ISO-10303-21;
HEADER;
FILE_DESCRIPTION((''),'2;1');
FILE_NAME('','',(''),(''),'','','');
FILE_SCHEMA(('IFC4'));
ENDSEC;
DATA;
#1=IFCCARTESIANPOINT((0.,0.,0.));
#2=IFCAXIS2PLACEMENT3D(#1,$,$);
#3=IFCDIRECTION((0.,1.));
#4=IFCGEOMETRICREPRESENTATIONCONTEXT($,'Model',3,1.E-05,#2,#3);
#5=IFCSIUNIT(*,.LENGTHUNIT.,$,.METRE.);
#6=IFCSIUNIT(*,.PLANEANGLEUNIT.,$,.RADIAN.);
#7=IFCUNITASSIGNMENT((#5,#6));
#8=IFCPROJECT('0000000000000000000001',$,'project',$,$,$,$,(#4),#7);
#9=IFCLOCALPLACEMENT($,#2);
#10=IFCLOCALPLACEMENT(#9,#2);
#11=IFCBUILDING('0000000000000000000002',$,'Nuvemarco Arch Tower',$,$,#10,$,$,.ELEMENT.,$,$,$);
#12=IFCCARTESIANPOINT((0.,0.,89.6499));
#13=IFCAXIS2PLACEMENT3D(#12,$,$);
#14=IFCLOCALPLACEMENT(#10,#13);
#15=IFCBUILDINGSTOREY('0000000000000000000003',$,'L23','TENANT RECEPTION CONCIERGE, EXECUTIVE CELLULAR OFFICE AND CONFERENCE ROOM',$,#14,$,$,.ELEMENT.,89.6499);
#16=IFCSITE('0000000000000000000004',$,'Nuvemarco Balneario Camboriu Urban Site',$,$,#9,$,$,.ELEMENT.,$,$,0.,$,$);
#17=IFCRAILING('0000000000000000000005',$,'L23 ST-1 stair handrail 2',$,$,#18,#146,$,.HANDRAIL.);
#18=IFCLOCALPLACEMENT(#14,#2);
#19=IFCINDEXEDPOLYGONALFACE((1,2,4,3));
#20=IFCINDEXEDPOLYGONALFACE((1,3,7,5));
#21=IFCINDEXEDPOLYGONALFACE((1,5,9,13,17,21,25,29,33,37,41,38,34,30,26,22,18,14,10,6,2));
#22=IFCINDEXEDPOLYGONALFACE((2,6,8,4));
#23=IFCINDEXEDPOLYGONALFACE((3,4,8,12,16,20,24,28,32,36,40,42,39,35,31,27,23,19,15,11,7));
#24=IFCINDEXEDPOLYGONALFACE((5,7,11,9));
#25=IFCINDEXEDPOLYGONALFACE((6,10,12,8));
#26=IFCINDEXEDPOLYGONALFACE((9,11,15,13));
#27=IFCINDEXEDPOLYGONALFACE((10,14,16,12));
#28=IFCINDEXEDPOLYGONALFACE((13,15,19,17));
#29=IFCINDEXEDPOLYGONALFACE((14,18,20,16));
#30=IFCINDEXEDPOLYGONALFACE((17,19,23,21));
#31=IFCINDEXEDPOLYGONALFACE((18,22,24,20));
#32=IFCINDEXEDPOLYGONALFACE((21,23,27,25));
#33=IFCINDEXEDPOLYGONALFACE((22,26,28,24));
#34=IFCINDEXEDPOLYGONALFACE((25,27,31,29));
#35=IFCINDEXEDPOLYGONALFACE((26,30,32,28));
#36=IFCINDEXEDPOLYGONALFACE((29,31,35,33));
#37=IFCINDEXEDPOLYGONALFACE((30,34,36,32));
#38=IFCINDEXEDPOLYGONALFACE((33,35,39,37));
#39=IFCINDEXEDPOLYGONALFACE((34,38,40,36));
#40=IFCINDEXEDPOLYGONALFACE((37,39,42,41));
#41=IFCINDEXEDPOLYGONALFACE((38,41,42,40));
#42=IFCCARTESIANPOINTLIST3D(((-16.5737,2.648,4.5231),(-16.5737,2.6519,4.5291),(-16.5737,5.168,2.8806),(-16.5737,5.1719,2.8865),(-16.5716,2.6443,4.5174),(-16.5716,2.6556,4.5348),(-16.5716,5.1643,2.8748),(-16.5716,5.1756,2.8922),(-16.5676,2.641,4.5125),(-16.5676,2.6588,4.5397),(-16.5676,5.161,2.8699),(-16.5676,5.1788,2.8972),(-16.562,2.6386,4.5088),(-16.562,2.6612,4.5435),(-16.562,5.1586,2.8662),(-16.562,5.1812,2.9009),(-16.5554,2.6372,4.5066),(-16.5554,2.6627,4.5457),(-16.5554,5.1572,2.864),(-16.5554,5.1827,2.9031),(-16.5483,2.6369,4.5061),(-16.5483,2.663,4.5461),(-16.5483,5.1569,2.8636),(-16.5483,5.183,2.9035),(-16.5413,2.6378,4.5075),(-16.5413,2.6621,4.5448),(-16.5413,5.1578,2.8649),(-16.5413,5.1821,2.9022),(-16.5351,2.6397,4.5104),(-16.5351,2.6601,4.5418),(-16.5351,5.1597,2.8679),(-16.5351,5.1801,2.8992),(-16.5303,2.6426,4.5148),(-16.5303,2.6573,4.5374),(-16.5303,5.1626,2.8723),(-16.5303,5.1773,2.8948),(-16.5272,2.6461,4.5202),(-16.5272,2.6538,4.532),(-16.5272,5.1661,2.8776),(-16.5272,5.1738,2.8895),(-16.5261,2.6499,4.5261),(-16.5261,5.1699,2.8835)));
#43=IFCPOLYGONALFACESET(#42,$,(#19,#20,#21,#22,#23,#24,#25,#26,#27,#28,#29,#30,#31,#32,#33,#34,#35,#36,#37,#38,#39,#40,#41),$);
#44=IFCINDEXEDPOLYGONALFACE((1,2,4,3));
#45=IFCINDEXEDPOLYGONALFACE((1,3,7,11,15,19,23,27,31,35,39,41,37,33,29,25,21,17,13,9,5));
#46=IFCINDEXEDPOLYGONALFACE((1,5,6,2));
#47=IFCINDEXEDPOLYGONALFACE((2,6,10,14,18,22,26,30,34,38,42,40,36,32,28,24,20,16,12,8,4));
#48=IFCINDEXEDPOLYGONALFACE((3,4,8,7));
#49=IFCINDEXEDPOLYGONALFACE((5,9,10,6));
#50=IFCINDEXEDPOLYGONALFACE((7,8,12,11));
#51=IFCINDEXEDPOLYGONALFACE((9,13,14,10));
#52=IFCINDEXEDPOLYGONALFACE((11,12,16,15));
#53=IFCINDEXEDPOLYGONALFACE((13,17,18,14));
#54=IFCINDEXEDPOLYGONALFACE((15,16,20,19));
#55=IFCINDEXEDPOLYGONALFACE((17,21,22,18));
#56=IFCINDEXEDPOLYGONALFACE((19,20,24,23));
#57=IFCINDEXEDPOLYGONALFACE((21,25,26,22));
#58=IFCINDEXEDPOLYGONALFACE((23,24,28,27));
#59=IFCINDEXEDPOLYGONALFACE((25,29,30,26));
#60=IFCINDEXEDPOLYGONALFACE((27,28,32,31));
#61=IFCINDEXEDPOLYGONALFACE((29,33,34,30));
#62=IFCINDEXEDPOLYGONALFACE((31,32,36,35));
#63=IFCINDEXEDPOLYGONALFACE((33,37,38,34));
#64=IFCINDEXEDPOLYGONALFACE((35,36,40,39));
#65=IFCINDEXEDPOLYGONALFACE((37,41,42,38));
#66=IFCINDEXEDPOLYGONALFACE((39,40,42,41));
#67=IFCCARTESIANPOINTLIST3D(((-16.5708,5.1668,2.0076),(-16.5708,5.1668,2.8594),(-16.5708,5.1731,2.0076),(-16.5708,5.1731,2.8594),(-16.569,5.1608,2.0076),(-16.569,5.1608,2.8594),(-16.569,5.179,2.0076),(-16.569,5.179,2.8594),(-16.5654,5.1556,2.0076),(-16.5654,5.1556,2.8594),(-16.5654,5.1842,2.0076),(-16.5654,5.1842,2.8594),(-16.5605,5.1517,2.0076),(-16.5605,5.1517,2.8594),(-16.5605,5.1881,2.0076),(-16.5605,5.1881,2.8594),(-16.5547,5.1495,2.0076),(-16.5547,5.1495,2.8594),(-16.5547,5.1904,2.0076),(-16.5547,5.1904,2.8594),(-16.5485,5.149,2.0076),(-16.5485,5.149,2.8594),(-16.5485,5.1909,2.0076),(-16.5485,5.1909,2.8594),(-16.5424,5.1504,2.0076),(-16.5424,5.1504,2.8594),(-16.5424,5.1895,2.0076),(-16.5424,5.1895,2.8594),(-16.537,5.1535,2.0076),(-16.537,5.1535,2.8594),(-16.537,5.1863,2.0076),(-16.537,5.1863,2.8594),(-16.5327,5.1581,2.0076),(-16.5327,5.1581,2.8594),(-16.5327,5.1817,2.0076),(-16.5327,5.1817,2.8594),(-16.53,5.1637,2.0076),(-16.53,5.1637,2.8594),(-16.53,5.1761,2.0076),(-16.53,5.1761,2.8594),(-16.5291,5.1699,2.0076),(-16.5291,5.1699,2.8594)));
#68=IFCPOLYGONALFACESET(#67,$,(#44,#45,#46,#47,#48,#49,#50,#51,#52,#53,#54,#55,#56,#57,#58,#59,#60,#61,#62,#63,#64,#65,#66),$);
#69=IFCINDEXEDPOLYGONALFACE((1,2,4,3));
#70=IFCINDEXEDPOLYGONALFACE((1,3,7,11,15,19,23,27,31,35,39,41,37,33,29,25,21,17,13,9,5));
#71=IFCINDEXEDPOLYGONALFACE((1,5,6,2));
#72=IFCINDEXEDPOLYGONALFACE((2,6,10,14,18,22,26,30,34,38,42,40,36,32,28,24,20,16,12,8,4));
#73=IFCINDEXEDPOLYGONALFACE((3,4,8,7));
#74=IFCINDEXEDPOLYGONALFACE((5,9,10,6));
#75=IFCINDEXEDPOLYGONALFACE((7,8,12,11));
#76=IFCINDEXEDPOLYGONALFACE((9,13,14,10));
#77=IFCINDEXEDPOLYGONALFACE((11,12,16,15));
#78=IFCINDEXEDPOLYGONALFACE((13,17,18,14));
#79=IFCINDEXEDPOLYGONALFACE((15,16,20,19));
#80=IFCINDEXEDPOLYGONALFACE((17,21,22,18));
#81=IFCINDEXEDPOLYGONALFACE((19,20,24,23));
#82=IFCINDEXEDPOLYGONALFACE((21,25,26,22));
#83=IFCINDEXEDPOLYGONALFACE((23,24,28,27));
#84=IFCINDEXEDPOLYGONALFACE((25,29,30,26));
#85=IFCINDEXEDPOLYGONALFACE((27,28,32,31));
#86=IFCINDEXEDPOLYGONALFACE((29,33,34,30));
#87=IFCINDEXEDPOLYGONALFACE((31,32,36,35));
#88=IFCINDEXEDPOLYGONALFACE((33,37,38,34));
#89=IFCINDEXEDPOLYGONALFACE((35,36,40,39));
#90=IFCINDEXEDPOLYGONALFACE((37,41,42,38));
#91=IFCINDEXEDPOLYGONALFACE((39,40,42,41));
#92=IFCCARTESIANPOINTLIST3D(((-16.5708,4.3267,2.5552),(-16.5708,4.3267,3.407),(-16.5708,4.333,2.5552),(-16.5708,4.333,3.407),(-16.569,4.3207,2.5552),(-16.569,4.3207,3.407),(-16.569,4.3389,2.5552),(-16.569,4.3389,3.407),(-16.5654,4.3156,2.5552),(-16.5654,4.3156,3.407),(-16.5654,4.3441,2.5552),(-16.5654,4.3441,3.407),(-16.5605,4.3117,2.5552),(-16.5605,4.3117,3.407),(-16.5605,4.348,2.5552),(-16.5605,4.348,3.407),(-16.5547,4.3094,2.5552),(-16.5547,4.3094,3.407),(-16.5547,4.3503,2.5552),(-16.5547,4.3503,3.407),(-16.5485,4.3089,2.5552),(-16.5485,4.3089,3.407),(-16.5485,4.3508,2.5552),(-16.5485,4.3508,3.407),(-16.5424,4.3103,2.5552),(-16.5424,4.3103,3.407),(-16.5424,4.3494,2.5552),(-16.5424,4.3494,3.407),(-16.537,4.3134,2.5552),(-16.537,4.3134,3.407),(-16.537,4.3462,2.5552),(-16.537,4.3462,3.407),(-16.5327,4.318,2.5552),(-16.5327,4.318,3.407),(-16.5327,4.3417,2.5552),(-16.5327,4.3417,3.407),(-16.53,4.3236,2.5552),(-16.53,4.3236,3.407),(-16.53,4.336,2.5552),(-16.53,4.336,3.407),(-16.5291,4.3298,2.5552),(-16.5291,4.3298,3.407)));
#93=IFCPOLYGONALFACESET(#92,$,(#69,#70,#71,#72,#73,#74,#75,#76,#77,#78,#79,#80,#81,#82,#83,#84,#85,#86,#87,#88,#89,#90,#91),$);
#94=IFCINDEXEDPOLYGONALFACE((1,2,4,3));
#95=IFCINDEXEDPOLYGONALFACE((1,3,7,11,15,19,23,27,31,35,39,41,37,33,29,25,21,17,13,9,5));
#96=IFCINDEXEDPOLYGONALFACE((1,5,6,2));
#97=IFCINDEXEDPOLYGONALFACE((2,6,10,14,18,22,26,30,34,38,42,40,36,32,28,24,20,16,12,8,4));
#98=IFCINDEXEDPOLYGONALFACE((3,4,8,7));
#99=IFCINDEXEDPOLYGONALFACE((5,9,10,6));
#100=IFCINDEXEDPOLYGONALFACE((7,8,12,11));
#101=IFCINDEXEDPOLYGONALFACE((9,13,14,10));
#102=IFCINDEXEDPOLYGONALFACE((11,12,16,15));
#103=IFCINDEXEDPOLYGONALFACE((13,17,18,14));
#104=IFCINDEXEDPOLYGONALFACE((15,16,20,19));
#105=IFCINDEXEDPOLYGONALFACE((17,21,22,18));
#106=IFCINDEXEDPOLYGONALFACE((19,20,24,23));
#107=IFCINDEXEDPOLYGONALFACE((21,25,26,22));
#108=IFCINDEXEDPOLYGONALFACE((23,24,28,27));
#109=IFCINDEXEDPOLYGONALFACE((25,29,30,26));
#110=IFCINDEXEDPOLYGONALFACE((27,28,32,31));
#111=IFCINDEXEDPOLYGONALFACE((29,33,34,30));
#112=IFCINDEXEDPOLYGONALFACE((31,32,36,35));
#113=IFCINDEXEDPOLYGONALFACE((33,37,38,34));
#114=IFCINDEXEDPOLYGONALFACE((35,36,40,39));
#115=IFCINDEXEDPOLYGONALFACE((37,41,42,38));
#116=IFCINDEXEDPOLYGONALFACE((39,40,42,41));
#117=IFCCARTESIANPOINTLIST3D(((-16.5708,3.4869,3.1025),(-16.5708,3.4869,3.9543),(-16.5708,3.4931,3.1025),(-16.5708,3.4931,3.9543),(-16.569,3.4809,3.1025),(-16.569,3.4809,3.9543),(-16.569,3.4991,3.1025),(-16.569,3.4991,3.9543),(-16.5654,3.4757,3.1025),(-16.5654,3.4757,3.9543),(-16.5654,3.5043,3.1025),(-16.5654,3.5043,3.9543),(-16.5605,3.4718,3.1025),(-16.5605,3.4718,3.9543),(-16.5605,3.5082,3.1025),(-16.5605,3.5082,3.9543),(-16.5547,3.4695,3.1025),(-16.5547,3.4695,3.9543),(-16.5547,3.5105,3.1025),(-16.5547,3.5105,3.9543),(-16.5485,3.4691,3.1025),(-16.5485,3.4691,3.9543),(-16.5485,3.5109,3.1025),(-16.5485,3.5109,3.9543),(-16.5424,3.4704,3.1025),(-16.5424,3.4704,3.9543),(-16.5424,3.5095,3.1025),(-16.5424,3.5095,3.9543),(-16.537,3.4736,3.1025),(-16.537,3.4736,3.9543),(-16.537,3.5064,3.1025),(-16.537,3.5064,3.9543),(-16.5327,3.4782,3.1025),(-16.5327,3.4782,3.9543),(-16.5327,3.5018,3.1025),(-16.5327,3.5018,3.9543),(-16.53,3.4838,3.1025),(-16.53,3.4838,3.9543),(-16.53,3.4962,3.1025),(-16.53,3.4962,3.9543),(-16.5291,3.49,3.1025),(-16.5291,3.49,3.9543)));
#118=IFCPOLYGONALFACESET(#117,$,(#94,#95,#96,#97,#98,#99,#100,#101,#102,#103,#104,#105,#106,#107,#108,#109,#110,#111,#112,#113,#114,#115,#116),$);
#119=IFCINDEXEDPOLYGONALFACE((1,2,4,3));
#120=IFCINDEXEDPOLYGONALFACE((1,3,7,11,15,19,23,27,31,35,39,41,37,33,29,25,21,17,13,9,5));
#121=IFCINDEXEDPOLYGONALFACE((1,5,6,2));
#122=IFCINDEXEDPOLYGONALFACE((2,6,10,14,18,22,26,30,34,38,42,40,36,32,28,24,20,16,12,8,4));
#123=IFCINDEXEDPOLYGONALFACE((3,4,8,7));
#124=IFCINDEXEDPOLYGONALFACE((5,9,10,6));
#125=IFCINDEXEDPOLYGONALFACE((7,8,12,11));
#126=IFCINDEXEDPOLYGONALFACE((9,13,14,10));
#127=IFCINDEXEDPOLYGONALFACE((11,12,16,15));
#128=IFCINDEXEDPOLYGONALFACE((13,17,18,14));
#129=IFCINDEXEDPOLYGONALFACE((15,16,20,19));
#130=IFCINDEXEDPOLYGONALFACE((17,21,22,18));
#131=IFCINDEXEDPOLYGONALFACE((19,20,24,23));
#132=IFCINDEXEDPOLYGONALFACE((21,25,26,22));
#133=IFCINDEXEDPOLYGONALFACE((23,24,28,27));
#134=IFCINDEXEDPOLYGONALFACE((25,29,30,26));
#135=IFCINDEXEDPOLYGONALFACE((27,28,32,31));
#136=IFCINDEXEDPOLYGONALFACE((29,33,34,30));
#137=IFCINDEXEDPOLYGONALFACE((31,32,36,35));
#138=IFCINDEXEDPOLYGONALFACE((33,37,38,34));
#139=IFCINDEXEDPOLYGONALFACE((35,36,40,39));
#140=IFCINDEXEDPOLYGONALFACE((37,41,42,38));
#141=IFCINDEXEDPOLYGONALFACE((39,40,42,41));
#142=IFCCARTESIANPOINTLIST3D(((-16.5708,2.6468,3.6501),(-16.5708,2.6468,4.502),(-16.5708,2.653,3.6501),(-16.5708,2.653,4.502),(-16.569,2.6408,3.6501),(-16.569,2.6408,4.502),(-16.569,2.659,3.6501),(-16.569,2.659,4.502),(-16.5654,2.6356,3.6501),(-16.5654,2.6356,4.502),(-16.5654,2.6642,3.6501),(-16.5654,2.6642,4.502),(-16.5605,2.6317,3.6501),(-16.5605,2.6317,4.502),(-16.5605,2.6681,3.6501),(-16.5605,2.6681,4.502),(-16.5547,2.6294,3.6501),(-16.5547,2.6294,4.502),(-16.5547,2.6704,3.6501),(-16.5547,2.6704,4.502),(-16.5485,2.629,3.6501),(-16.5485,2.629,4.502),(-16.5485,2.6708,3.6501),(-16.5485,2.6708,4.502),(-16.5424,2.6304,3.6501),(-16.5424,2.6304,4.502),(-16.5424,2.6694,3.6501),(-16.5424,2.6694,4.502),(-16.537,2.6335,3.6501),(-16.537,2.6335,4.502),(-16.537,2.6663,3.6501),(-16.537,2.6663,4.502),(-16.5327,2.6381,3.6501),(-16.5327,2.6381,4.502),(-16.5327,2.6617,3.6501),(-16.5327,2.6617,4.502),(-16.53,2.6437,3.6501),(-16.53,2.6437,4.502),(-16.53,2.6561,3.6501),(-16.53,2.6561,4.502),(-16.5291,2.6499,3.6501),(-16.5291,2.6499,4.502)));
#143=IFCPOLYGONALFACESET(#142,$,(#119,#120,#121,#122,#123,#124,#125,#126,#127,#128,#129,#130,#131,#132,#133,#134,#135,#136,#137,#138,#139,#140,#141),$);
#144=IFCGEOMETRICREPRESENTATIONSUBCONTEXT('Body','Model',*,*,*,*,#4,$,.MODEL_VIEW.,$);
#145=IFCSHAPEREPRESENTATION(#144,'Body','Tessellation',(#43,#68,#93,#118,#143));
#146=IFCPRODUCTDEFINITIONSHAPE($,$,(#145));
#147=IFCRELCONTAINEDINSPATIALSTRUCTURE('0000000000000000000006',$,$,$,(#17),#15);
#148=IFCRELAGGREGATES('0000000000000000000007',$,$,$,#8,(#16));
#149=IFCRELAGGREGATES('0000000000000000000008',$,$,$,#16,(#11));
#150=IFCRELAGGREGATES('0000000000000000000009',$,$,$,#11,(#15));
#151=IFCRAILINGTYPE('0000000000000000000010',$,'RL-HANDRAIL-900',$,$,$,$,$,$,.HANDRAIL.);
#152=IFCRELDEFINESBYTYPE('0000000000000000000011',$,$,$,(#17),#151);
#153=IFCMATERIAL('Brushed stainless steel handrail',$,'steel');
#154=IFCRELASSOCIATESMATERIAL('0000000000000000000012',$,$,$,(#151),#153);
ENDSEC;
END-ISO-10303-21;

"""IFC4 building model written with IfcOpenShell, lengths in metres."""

from ifc_helpers import new_model, si_unit, direction, frame, origin, origin_2d, place, context, subcontext, project, spatial, circle, extrude, material, type_object, element, save


model = new_model("IFC4")

# Units and contexts
model_context = context("Model", 3, precision=1e-05, world=origin(), true_north=direction((0.0, 1.0)))
body_context = subcontext(model_context, "Body", "Model", "MODEL_VIEW")
ifc_project = project(units=[si_unit("LENGTHUNIT", "METRE"), si_unit("PLANEANGLEUNIT", "RADIAN")], contexts=[model_context])

# Site, building, storey
site_placement = place(None, origin())
site = spatial("IfcSite", under=ifc_project, at=site_placement, Name="Nuvemarco Balneario Camboriu Urban Site", CompositionType="ELEMENT", RefElevation=0.0)
building_placement = place(site_placement, origin())
building = spatial("IfcBuilding", under=site, at=building_placement, Name="Nuvemarco Arch Tower", CompositionType="ELEMENT")
storey_placement = place(building_placement, frame((0.0, 0.0, 89.6499)))
storey = spatial("IfcBuildingStorey", under=building, at=storey_placement, Name="L23", Description="TENANT RECEPTION CONCIERGE, EXECUTIVE CELLULAR OFFICE AND CONFERENCE ROOM", CompositionType="ELEMENT", Elevation=89.6499)

# Railing
ifc_material_1 = material(Name="Brushed stainless steel handrail", Category="steel")
railing_type_1 = type_object("IfcRailingType", Name="RL-HANDRAIL-900", PredefinedType="HANDRAIL", material=ifc_material_1)
railing_1_placement = place(storey_placement, frame((-16.55, 5.1699, 2.0076)))
element("IfcRailing", 1, at=railing_1_placement, inside=storey, type_object=railing_type_1, Name="L23 ST-1 stair handrail 2", PredefinedType="HANDRAIL", context=body_context, shape_type="SweptSolid", body=[
    extrude(circle(Radius=0.0239, at=origin_2d()), frame((0.0, 0.0, 0.876), z_axis=(0.0, -0.837749, 0.546055), x_axis=(1.0, 0.0, 0.0)), (0.0, 0.0, 1.0), 3.0081),
    extrude(circle(Radius=0.021, at=origin_2d()), origin(), (0.0, 0.0, 1.0), 0.8518),
    extrude(circle(Radius=0.021, at=origin_2d()), frame((0.0, -0.8401, 0.5476)), (0.0, 0.0, 1.0), 0.8518),
    extrude(circle(Radius=0.021, at=origin_2d()), frame((0.0, -1.6799, 1.095)), (0.0, 0.0, 1.0), 0.8518),
    extrude(circle(Radius=0.021, at=origin_2d()), frame((0.0, -2.52, 1.6426)), (0.0, 0.0, 1.0), 0.8518),
])

save(model, "model.ifc")
